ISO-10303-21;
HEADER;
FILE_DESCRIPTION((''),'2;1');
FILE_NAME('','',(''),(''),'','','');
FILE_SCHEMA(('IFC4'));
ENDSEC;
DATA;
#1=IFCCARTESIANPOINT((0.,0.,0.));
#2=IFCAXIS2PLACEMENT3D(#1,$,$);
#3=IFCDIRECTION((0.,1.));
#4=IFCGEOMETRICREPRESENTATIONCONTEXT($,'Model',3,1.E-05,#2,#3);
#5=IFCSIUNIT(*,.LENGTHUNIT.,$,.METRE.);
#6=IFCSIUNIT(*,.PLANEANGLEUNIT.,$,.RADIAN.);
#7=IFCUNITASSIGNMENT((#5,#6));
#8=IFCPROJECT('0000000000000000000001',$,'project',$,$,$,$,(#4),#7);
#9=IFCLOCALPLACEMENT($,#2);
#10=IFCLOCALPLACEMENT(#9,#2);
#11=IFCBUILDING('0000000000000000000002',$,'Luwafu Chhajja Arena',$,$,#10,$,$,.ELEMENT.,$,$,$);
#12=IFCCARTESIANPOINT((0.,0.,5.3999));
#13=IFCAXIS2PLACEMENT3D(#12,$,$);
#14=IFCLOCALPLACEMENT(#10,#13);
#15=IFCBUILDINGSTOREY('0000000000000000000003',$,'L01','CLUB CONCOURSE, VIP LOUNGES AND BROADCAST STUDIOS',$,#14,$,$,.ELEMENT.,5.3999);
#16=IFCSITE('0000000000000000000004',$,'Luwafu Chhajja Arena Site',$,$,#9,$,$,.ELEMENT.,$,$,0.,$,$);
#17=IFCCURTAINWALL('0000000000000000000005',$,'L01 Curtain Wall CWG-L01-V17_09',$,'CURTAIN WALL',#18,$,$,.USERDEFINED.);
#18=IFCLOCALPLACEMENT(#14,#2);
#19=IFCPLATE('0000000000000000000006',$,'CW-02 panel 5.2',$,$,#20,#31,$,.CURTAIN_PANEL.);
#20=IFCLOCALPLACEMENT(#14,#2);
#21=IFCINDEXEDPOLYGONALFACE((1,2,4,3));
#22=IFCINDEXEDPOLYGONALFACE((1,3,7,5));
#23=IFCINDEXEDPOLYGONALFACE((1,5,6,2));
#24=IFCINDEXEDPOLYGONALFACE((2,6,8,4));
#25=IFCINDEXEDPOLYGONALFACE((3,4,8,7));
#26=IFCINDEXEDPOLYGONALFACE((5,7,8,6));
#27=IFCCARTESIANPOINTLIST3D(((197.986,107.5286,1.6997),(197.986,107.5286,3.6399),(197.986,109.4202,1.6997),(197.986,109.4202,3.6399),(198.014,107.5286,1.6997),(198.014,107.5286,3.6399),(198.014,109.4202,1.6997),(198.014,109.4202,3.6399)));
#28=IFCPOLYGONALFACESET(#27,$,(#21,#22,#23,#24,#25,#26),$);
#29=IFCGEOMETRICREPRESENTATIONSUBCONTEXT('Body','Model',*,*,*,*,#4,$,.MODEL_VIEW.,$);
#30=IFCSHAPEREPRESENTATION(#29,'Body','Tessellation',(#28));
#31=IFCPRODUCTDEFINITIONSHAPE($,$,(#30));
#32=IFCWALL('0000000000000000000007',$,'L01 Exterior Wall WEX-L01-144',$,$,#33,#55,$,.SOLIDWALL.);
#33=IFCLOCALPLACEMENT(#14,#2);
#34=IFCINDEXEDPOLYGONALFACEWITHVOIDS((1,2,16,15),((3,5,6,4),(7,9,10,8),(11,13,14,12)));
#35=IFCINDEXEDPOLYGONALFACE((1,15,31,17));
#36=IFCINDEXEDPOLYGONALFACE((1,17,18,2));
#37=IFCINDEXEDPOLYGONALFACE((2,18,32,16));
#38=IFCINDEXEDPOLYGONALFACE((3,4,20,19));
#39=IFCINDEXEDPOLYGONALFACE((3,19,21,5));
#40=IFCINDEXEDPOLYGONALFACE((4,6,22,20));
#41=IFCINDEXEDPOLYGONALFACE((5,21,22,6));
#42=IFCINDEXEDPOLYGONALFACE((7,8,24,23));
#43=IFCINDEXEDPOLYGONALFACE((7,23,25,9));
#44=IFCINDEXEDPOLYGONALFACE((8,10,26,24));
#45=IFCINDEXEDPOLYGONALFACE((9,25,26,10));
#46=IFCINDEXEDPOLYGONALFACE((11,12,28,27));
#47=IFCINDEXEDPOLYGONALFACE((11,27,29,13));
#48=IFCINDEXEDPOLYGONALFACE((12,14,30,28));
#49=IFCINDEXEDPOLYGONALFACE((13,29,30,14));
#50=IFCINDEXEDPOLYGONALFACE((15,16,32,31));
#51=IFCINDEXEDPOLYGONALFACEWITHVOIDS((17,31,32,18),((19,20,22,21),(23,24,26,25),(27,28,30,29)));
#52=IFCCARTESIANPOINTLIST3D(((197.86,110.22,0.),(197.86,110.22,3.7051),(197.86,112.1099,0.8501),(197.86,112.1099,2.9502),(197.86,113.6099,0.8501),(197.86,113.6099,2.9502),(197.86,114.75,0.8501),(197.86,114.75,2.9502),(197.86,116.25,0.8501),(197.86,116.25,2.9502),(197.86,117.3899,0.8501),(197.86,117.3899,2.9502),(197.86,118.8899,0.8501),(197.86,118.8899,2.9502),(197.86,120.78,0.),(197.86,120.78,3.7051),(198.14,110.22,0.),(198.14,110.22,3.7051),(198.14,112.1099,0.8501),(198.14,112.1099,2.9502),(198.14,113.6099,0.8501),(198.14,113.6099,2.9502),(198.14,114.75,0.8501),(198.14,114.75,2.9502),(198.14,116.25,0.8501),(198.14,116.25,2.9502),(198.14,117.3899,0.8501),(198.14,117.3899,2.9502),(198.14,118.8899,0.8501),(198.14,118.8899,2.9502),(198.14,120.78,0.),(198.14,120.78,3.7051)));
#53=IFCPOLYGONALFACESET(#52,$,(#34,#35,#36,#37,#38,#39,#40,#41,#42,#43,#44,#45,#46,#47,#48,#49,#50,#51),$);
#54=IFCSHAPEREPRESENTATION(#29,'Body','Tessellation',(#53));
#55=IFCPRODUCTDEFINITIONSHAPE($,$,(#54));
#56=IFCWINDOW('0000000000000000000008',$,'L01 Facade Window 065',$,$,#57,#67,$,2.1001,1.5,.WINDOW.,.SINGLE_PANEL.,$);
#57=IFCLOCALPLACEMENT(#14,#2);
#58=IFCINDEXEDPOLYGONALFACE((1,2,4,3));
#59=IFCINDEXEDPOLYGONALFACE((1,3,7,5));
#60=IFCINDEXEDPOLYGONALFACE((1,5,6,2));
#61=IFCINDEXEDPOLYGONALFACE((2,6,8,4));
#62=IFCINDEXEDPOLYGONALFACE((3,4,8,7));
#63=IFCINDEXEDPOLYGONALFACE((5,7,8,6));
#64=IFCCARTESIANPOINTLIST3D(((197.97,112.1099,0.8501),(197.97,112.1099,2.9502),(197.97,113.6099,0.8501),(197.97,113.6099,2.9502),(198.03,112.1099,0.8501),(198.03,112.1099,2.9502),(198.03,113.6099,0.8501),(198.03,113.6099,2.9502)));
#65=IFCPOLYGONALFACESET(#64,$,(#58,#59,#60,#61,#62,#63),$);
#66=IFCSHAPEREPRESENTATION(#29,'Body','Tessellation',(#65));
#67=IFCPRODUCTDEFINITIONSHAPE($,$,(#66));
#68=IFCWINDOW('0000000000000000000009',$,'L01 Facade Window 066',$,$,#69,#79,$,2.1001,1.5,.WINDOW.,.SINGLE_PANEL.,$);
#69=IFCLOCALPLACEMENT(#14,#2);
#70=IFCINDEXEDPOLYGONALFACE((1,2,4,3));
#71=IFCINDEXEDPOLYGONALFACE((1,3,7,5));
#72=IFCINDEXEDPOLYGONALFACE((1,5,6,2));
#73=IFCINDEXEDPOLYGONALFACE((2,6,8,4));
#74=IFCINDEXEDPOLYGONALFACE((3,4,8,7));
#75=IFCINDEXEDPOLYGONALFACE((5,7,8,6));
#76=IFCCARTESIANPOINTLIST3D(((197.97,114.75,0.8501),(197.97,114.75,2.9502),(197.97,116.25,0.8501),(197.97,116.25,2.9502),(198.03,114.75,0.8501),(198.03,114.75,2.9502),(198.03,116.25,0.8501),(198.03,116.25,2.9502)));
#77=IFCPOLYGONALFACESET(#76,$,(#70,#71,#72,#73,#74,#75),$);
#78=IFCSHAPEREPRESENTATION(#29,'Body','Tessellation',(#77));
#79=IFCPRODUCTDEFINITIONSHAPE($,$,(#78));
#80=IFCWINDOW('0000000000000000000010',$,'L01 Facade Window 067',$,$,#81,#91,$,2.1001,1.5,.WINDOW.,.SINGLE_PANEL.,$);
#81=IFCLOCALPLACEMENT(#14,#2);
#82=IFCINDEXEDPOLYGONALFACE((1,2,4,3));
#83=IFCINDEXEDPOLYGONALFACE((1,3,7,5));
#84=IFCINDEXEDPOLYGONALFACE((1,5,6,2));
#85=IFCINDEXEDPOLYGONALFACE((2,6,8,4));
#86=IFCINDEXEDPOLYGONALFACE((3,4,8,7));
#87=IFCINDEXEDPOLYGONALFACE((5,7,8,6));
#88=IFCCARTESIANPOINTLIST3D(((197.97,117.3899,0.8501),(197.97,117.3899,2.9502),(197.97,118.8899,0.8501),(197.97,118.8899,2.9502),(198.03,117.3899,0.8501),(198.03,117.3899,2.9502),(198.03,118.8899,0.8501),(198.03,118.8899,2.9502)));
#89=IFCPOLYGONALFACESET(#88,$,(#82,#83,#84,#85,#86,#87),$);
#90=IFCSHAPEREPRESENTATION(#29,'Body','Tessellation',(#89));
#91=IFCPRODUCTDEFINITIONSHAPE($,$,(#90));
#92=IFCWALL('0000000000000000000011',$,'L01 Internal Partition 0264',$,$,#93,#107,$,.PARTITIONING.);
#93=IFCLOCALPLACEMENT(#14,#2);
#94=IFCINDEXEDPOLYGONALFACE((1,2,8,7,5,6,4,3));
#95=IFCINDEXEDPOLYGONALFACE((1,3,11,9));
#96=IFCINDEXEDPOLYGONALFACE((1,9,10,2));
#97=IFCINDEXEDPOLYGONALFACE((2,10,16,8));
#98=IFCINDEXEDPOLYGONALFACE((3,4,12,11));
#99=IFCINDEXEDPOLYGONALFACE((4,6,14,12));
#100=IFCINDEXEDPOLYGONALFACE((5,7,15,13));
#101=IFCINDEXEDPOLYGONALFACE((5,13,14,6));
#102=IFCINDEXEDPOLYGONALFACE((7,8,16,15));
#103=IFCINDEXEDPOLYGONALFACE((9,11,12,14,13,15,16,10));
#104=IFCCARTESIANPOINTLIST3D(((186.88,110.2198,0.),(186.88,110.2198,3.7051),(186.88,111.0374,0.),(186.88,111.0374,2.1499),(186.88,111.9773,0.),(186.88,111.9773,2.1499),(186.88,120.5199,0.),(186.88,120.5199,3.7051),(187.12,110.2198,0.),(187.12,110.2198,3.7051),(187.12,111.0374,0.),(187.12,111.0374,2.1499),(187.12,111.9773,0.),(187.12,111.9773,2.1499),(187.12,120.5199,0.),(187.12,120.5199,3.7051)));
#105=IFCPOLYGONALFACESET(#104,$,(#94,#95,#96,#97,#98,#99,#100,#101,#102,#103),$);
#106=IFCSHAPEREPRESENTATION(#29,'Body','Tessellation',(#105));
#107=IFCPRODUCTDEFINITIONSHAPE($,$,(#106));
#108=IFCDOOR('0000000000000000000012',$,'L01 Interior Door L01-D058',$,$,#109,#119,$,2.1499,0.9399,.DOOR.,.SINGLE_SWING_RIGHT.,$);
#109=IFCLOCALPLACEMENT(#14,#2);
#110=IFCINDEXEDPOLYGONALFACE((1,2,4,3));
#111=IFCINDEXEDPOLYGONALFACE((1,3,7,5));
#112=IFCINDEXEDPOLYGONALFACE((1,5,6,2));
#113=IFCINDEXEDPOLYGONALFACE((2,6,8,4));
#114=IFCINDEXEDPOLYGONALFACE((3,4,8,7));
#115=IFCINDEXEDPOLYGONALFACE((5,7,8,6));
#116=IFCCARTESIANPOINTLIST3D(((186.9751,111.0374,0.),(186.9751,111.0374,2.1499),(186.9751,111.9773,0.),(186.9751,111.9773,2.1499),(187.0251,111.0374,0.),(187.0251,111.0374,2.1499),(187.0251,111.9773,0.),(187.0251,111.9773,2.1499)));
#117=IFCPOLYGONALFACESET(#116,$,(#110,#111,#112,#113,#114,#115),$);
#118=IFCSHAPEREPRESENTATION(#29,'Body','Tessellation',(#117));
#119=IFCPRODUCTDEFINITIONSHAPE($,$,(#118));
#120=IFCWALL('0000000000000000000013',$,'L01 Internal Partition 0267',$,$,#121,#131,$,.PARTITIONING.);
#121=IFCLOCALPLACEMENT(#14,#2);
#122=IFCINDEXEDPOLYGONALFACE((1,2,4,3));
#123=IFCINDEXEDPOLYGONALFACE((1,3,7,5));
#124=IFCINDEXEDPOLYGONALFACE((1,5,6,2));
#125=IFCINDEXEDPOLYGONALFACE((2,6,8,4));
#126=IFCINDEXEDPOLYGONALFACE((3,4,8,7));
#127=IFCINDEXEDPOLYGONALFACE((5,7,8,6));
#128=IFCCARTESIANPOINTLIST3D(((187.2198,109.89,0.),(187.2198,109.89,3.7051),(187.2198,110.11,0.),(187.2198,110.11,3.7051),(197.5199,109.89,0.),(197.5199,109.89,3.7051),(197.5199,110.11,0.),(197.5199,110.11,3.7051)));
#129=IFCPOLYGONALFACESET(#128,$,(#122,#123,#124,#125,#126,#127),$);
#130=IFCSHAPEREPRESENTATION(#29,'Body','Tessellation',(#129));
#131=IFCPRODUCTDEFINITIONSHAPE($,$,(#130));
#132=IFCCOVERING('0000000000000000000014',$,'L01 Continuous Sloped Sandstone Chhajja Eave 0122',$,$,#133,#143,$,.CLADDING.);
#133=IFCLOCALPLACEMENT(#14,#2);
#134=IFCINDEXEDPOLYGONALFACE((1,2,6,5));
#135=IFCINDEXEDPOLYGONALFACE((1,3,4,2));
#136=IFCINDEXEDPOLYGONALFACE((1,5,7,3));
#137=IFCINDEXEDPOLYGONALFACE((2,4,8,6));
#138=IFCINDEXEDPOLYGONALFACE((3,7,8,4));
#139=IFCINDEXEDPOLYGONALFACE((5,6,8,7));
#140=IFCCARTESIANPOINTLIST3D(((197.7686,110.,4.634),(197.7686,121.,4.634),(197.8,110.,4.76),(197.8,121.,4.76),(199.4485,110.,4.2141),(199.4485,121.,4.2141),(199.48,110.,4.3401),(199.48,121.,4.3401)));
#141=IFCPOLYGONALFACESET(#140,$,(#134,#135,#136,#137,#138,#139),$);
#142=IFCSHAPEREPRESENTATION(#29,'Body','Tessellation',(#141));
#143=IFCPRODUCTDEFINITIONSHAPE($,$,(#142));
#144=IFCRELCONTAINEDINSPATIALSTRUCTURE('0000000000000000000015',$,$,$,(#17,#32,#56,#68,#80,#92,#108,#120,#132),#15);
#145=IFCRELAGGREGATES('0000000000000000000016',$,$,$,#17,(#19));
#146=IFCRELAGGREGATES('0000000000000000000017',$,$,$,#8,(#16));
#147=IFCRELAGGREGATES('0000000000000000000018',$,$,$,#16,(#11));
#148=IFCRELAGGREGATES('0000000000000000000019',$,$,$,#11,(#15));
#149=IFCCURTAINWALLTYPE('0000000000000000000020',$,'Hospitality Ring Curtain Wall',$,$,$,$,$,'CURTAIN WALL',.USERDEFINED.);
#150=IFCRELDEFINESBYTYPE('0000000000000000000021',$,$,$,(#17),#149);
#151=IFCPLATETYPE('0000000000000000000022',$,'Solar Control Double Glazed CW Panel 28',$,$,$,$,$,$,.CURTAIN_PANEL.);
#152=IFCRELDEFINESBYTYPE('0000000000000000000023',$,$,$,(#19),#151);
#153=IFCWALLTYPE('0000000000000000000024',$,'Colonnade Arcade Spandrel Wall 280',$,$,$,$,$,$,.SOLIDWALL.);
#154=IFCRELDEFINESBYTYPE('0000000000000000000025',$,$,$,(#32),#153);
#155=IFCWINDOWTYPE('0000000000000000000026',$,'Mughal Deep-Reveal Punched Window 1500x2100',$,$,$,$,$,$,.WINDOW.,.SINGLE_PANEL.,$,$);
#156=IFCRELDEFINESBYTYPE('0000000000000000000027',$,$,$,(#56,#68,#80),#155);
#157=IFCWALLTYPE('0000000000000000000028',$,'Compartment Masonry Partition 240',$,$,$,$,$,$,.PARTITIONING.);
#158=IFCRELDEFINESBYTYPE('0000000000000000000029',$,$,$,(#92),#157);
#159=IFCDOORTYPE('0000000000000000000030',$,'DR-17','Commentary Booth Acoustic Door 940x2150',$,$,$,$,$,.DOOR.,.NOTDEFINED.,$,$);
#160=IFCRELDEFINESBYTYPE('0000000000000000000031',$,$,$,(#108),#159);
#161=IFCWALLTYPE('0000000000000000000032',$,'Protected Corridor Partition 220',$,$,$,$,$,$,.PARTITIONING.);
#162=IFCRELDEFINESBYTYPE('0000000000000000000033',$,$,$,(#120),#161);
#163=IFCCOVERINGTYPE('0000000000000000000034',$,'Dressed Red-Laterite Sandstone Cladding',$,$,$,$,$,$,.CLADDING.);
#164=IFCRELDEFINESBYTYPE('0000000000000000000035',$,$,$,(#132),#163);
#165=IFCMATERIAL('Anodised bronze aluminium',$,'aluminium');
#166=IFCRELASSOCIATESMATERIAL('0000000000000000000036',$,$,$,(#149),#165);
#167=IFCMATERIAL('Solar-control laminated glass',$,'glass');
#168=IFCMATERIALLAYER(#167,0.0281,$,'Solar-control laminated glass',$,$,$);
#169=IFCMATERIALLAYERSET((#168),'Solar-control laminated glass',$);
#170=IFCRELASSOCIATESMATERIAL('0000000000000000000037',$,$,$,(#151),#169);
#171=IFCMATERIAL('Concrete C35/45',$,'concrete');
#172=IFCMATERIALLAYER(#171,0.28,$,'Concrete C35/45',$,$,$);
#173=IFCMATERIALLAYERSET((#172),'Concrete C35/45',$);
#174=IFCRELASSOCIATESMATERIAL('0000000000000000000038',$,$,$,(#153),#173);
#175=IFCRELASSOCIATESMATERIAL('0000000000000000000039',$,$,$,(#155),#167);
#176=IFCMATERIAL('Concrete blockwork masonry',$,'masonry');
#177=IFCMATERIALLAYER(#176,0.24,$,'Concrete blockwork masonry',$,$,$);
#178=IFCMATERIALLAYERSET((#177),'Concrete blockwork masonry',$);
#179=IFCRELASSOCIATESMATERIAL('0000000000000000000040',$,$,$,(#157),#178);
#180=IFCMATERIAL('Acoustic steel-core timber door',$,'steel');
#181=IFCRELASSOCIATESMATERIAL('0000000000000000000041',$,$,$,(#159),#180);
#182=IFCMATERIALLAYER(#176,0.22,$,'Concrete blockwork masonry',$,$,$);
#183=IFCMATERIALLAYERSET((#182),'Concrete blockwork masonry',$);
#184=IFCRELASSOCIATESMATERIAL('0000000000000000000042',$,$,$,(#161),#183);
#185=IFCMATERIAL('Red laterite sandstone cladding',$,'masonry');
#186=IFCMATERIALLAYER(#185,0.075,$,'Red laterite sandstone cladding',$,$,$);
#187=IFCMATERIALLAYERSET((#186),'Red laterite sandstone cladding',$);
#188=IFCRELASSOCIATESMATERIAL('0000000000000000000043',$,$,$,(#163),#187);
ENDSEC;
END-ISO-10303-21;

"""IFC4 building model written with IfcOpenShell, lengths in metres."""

from ifc_helpers import new_model, si_unit, direction, frame, frame_2d, origin, origin_2d, place, context, subcontext, project, spatial, polyline, rectangle, outline, extrude, material, layer, layer_set, type_object, element, fill, aggregate, save


model = new_model("IFC4")

# Units and contexts
model_context = context("Model", 3, precision=1e-05, world=origin(), true_north=direction((0.0, 1.0)))
body_context = subcontext(model_context, "Body", "Model", "MODEL_VIEW")
ifc_project = project(units=[si_unit("LENGTHUNIT", "METRE"), si_unit("PLANEANGLEUNIT", "RADIAN")], contexts=[model_context])

# Site, building, storey
site_placement = place(None, origin())
site = spatial("IfcSite", under=ifc_project, at=site_placement, Name="Luwafu Chhajja Arena Site", CompositionType="ELEMENT", RefElevation=0.0)
building_placement = place(site_placement, origin())
building = spatial("IfcBuilding", under=site, at=building_placement, Name="Luwafu Chhajja Arena", CompositionType="ELEMENT")
storey_placement = place(building_placement, frame((0.0, 0.0, 5.3999)))
storey = spatial("IfcBuildingStorey", under=building, at=storey_placement, Name="L01", Description="CLUB CONCOURSE, VIP LOUNGES AND BROADCAST STUDIOS", CompositionType="ELEMENT", Elevation=5.3999)

# Shared definitions
ifc_material_1 = material(Name="Concrete C35/45", Category="concrete")

# Curtain wall
ifc_material_2 = material(Name="Anodised bronze aluminium", Category="aluminium")
curtain_wall_type = type_object("IfcCurtainWallType", Name="Hospitality Ring Curtain Wall", ElementType="CURTAIN WALL", PredefinedType="USERDEFINED", material=ifc_material_2)
curtain_wall_placement = place(storey_placement, origin())
curtain_wall = element("IfcCurtainWall", 1, at=curtain_wall_placement, inside=storey, type_object=curtain_wall_type, Name="L01 Curtain Wall CWG-L01-V17_09", ObjectType="CURTAIN WALL", PredefinedType="USERDEFINED")

# Plate
ifc_material_3 = material(Name="Solar-control laminated glass", Category="glass")
ifc_layer_1 = layer(ifc_material_3, 0.0281, Name="Solar-control laminated glass")
ifc_layer_set_1 = layer_set([ifc_layer_1], Name="Solar-control laminated glass")
plate_type = type_object("IfcPlateType", Name="Solar Control Double Glazed CW Panel 28", PredefinedType="CURTAIN_PANEL", material=ifc_layer_set_1)
plate_1_placement = place(storey_placement, frame((198.0, 108.4744, 1.6997), z_axis=(0.0, 0.0, 1.0), x_axis=(0.0, 1.0, 0.0)))
plate_1 = element("IfcPlate", 2, at=plate_1_placement, type_object=plate_type, Name="CW-02 panel 5.2", PredefinedType="CURTAIN_PANEL", context=body_context, shape_type="SweptSolid", body=[
    extrude(rectangle(XDim=1.8916, YDim=0.0281, at=origin_2d()), origin(), (0.0, 0.0, 1.0), 1.9402),
])
aggregate(curtain_wall, [plate_1])

# Wall, openings, windows
ifc_layer_2 = layer(ifc_material_1, 0.28, Name="Concrete C35/45")
ifc_layer_set_2 = layer_set([ifc_layer_2], Name="Concrete C35/45")
wall_type_1 = type_object("IfcWallType", Name="Colonnade Arcade Spandrel Wall 280", PredefinedType="SOLIDWALL", material=ifc_layer_set_2)
wall_1_placement = place(storey_placement, frame((198.0, 110.22, 0.0), z_axis=(0.0, 0.0, 1.0), x_axis=(0.0, 1.0, 0.0)))
wall_1 = element("IfcWall", 3, at=wall_1_placement, inside=storey, type_object=wall_type_1, Name="L01 Exterior Wall WEX-L01-144", PredefinedType="SOLIDWALL", context=body_context, shape_type="SweptSolid", body=[
    extrude(rectangle(XDim=10.5601, YDim=0.28, at=frame_2d((5.28, 0.0))), origin(), (0.0, 0.0, 1.0), 3.7051),
])
opening_1_placement = place(wall_1_placement, frame((1.8899, 0.0, 0.8501)))
opening_1 = element("IfcOpeningElement", 4, at=opening_1_placement, cuts=wall_1, PredefinedType="OPENING", context=body_context, shape_type="SweptSolid", body=[
    extrude(rectangle(XDim=1.5, YDim=2.1001, at=frame_2d((0.75, 1.05))), frame((0.0, 0.1499, 0.0), z_axis=(0.0, -1.0, 0.0), x_axis=(1.0, 0.0, 0.0)), (0.0, 0.0, 1.0), 0.3),
])
opening_2_placement = place(wall_1_placement, frame((4.53, 0.0, 0.8501)))
opening_2 = element("IfcOpeningElement", 5, at=opening_2_placement, cuts=wall_1, PredefinedType="OPENING", context=body_context, shape_type="SweptSolid", body=[
    extrude(rectangle(XDim=1.5, YDim=2.1001, at=frame_2d((0.75, 1.05))), frame((0.0, 0.1499, 0.0), z_axis=(0.0, -1.0, 0.0), x_axis=(1.0, 0.0, 0.0)), (0.0, 0.0, 1.0), 0.3),
])
opening_3_placement = place(wall_1_placement, frame((7.1699, 0.0, 0.8501)))
opening_3 = element("IfcOpeningElement", 6, at=opening_3_placement, cuts=wall_1, PredefinedType="OPENING", context=body_context, shape_type="SweptSolid", body=[
    extrude(rectangle(XDim=1.5, YDim=2.1001, at=frame_2d((0.75, 1.05))), frame((0.0, 0.1499, 0.0), z_axis=(0.0, -1.0, 0.0), x_axis=(1.0, 0.0, 0.0)), (0.0, 0.0, 1.0), 0.3),
])
window_type = type_object("IfcWindowType", Name="Mughal Deep-Reveal Punched Window 1500x2100", PartitioningType="SINGLE_PANEL", PredefinedType="WINDOW", material=ifc_material_3)
window_1_placement = place(opening_1_placement, origin())
window_1 = element("IfcWindow", 7, at=window_1_placement, inside=storey, type_object=window_type, Name="L01 Facade Window 065", OverallHeight=2.1001, OverallWidth=1.5, PartitioningType="SINGLE_PANEL", PredefinedType="WINDOW", context=body_context, shape_type="SweptSolid", body=[
    extrude(rectangle(XDim=1.5, YDim=2.1001, at=frame_2d((0.75, 1.05))), frame((0.0, 0.03, 0.0), z_axis=(0.0, -1.0, 0.0), x_axis=(1.0, 0.0, 0.0)), (0.0, 0.0, 1.0), 0.0601),
])
fill(opening_1, window_1)
window_2_placement = place(opening_2_placement, origin())
window_2 = element("IfcWindow", 8, at=window_2_placement, inside=storey, type_object=window_type, Name="L01 Facade Window 066", OverallHeight=2.1001, OverallWidth=1.5, PartitioningType="SINGLE_PANEL", PredefinedType="WINDOW", context=body_context, shape_type="SweptSolid", body=[
    extrude(rectangle(XDim=1.5, YDim=2.1001, at=frame_2d((0.75, 1.05))), frame((0.0, 0.03, 0.0), z_axis=(0.0, -1.0, 0.0), x_axis=(1.0, 0.0, 0.0)), (0.0, 0.0, 1.0), 0.0601),
])
fill(opening_2, window_2)
window_3_placement = place(opening_3_placement, origin())
window_3 = element("IfcWindow", 9, at=window_3_placement, inside=storey, type_object=window_type, Name="L01 Facade Window 067", OverallHeight=2.1001, OverallWidth=1.5, PartitioningType="SINGLE_PANEL", PredefinedType="WINDOW", context=body_context, shape_type="SweptSolid", body=[
    extrude(rectangle(XDim=1.5, YDim=2.1001, at=frame_2d((0.75, 1.05))), frame((0.0, 0.03, 0.0), z_axis=(0.0, -1.0, 0.0), x_axis=(1.0, 0.0, 0.0)), (0.0, 0.0, 1.0), 0.0601),
])
fill(opening_3, window_3)

# Wall, opening, door
ifc_material_4 = material(Name="Concrete blockwork masonry", Category="masonry")
ifc_layer_3 = layer(ifc_material_4, 0.24, Name="Concrete blockwork masonry")
ifc_layer_set_3 = layer_set([ifc_layer_3], Name="Concrete blockwork masonry")
wall_type_2 = type_object("IfcWallType", Name="Compartment Masonry Partition 240", PredefinedType="PARTITIONING", material=ifc_layer_set_3)
wall_2_placement = place(storey_placement, frame((187.0, 110.22, 0.0), z_axis=(0.0, 0.0, 1.0), x_axis=(0.0, 1.0, 0.0)))
wall_2 = element("IfcWall", 10, at=wall_2_placement, inside=storey, type_object=wall_type_2, Name="L01 Internal Partition 0264", PredefinedType="PARTITIONING", context=body_context, shape_type="SweptSolid", body=[
    extrude(rectangle(XDim=10.3, YDim=0.24, at=frame_2d((5.1499, 0.0))), origin(), (0.0, 0.0, 1.0), 3.7051),
])
opening_4_placement = place(wall_2_placement, frame((0.8174, 0.0, 0.0)))
opening_4 = element("IfcOpeningElement", 11, at=opening_4_placement, cuts=wall_2, PredefinedType="OPENING", context=body_context, shape_type="SweptSolid", body=[
    extrude(rectangle(XDim=0.9399, YDim=2.1499, at=frame_2d((0.47, 1.075))), frame((0.0, 0.1299, 0.0), z_axis=(0.0, -1.0, 0.0), x_axis=(1.0, 0.0, 0.0)), (0.0, 0.0, 1.0), 0.26),
])
ifc_material_5 = material(Name="Acoustic steel-core timber door", Category="steel")
door_type = type_object("IfcDoorType", Name="DR-17", Description="Commentary Booth Acoustic Door 940x2150", OperationType="NOTDEFINED", PredefinedType="DOOR", material=ifc_material_5)
door_placement = place(opening_4_placement, origin())
door = element("IfcDoor", 12, at=door_placement, inside=storey, type_object=door_type, Name="L01 Interior Door L01-D058", OperationType="SINGLE_SWING_RIGHT", OverallHeight=2.1499, OverallWidth=0.9399, PredefinedType="DOOR", context=body_context, shape_type="SweptSolid", body=[
    extrude(rectangle(XDim=0.9399, YDim=2.1499, at=frame_2d((0.47, 1.075))), frame((0.0, 0.0249, 0.0), z_axis=(0.0, -1.0, 0.0), x_axis=(1.0, 0.0, 0.0)), (0.0, 0.0, 1.0), 0.05),
])
fill(opening_4, door)

# Wall
ifc_layer_4 = layer(ifc_material_4, 0.22, Name="Concrete blockwork masonry")
ifc_layer_set_4 = layer_set([ifc_layer_4], Name="Concrete blockwork masonry")
wall_type_3 = type_object("IfcWallType", Name="Protected Corridor Partition 220", PredefinedType="PARTITIONING", material=ifc_layer_set_4)
wall_3_placement = place(storey_placement, frame((187.22, 110.0, 0.0), z_axis=(0.0, 0.0, 1.0), x_axis=(1.0, 0.0, 0.0)))
element("IfcWall", 13, at=wall_3_placement, inside=storey, type_object=wall_type_3, Name="L01 Internal Partition 0267", PredefinedType="PARTITIONING", context=body_context, shape_type="SweptSolid", body=[
    extrude(rectangle(XDim=10.3, YDim=0.22, at=frame_2d((5.1499, 0.0))), origin(), (0.0, 0.0, 1.0), 3.7051),
])

# Covering
ifc_material_6 = material(Name="Red laterite sandstone cladding", Category="masonry")
ifc_layer_5 = layer(ifc_material_6, 0.075, Name="Red laterite sandstone cladding")
ifc_layer_set_5 = layer_set([ifc_layer_5], Name="Red laterite sandstone cladding")
covering_type = type_object("IfcCoveringType", Name="Dressed Red-Laterite Sandstone Cladding", PredefinedType="CLADDING", material=ifc_layer_set_5)
covering_placement = place(storey_placement, frame((197.8, 110.0, 4.76), z_axis=(0.242502, 0.0, 0.970151), x_axis=(0.0, 1.0, 0.0)))
element("IfcCovering", 14, at=covering_placement, inside=storey, type_object=covering_type, Name="L01 Continuous Sloped Sandstone Chhajja Eave 0122", PredefinedType="CLADDING", context=body_context, shape_type="SweptSolid", body=[
    extrude(outline(polyline([(0.0, 0.0), (11.0, 0.0), (11.0, -1.7316), (0.0, -1.7316), (0.0, 0.0)])), origin(), (0.0, 0.0, -1.0), 0.1299),
])

save(model, "model.ifc")
